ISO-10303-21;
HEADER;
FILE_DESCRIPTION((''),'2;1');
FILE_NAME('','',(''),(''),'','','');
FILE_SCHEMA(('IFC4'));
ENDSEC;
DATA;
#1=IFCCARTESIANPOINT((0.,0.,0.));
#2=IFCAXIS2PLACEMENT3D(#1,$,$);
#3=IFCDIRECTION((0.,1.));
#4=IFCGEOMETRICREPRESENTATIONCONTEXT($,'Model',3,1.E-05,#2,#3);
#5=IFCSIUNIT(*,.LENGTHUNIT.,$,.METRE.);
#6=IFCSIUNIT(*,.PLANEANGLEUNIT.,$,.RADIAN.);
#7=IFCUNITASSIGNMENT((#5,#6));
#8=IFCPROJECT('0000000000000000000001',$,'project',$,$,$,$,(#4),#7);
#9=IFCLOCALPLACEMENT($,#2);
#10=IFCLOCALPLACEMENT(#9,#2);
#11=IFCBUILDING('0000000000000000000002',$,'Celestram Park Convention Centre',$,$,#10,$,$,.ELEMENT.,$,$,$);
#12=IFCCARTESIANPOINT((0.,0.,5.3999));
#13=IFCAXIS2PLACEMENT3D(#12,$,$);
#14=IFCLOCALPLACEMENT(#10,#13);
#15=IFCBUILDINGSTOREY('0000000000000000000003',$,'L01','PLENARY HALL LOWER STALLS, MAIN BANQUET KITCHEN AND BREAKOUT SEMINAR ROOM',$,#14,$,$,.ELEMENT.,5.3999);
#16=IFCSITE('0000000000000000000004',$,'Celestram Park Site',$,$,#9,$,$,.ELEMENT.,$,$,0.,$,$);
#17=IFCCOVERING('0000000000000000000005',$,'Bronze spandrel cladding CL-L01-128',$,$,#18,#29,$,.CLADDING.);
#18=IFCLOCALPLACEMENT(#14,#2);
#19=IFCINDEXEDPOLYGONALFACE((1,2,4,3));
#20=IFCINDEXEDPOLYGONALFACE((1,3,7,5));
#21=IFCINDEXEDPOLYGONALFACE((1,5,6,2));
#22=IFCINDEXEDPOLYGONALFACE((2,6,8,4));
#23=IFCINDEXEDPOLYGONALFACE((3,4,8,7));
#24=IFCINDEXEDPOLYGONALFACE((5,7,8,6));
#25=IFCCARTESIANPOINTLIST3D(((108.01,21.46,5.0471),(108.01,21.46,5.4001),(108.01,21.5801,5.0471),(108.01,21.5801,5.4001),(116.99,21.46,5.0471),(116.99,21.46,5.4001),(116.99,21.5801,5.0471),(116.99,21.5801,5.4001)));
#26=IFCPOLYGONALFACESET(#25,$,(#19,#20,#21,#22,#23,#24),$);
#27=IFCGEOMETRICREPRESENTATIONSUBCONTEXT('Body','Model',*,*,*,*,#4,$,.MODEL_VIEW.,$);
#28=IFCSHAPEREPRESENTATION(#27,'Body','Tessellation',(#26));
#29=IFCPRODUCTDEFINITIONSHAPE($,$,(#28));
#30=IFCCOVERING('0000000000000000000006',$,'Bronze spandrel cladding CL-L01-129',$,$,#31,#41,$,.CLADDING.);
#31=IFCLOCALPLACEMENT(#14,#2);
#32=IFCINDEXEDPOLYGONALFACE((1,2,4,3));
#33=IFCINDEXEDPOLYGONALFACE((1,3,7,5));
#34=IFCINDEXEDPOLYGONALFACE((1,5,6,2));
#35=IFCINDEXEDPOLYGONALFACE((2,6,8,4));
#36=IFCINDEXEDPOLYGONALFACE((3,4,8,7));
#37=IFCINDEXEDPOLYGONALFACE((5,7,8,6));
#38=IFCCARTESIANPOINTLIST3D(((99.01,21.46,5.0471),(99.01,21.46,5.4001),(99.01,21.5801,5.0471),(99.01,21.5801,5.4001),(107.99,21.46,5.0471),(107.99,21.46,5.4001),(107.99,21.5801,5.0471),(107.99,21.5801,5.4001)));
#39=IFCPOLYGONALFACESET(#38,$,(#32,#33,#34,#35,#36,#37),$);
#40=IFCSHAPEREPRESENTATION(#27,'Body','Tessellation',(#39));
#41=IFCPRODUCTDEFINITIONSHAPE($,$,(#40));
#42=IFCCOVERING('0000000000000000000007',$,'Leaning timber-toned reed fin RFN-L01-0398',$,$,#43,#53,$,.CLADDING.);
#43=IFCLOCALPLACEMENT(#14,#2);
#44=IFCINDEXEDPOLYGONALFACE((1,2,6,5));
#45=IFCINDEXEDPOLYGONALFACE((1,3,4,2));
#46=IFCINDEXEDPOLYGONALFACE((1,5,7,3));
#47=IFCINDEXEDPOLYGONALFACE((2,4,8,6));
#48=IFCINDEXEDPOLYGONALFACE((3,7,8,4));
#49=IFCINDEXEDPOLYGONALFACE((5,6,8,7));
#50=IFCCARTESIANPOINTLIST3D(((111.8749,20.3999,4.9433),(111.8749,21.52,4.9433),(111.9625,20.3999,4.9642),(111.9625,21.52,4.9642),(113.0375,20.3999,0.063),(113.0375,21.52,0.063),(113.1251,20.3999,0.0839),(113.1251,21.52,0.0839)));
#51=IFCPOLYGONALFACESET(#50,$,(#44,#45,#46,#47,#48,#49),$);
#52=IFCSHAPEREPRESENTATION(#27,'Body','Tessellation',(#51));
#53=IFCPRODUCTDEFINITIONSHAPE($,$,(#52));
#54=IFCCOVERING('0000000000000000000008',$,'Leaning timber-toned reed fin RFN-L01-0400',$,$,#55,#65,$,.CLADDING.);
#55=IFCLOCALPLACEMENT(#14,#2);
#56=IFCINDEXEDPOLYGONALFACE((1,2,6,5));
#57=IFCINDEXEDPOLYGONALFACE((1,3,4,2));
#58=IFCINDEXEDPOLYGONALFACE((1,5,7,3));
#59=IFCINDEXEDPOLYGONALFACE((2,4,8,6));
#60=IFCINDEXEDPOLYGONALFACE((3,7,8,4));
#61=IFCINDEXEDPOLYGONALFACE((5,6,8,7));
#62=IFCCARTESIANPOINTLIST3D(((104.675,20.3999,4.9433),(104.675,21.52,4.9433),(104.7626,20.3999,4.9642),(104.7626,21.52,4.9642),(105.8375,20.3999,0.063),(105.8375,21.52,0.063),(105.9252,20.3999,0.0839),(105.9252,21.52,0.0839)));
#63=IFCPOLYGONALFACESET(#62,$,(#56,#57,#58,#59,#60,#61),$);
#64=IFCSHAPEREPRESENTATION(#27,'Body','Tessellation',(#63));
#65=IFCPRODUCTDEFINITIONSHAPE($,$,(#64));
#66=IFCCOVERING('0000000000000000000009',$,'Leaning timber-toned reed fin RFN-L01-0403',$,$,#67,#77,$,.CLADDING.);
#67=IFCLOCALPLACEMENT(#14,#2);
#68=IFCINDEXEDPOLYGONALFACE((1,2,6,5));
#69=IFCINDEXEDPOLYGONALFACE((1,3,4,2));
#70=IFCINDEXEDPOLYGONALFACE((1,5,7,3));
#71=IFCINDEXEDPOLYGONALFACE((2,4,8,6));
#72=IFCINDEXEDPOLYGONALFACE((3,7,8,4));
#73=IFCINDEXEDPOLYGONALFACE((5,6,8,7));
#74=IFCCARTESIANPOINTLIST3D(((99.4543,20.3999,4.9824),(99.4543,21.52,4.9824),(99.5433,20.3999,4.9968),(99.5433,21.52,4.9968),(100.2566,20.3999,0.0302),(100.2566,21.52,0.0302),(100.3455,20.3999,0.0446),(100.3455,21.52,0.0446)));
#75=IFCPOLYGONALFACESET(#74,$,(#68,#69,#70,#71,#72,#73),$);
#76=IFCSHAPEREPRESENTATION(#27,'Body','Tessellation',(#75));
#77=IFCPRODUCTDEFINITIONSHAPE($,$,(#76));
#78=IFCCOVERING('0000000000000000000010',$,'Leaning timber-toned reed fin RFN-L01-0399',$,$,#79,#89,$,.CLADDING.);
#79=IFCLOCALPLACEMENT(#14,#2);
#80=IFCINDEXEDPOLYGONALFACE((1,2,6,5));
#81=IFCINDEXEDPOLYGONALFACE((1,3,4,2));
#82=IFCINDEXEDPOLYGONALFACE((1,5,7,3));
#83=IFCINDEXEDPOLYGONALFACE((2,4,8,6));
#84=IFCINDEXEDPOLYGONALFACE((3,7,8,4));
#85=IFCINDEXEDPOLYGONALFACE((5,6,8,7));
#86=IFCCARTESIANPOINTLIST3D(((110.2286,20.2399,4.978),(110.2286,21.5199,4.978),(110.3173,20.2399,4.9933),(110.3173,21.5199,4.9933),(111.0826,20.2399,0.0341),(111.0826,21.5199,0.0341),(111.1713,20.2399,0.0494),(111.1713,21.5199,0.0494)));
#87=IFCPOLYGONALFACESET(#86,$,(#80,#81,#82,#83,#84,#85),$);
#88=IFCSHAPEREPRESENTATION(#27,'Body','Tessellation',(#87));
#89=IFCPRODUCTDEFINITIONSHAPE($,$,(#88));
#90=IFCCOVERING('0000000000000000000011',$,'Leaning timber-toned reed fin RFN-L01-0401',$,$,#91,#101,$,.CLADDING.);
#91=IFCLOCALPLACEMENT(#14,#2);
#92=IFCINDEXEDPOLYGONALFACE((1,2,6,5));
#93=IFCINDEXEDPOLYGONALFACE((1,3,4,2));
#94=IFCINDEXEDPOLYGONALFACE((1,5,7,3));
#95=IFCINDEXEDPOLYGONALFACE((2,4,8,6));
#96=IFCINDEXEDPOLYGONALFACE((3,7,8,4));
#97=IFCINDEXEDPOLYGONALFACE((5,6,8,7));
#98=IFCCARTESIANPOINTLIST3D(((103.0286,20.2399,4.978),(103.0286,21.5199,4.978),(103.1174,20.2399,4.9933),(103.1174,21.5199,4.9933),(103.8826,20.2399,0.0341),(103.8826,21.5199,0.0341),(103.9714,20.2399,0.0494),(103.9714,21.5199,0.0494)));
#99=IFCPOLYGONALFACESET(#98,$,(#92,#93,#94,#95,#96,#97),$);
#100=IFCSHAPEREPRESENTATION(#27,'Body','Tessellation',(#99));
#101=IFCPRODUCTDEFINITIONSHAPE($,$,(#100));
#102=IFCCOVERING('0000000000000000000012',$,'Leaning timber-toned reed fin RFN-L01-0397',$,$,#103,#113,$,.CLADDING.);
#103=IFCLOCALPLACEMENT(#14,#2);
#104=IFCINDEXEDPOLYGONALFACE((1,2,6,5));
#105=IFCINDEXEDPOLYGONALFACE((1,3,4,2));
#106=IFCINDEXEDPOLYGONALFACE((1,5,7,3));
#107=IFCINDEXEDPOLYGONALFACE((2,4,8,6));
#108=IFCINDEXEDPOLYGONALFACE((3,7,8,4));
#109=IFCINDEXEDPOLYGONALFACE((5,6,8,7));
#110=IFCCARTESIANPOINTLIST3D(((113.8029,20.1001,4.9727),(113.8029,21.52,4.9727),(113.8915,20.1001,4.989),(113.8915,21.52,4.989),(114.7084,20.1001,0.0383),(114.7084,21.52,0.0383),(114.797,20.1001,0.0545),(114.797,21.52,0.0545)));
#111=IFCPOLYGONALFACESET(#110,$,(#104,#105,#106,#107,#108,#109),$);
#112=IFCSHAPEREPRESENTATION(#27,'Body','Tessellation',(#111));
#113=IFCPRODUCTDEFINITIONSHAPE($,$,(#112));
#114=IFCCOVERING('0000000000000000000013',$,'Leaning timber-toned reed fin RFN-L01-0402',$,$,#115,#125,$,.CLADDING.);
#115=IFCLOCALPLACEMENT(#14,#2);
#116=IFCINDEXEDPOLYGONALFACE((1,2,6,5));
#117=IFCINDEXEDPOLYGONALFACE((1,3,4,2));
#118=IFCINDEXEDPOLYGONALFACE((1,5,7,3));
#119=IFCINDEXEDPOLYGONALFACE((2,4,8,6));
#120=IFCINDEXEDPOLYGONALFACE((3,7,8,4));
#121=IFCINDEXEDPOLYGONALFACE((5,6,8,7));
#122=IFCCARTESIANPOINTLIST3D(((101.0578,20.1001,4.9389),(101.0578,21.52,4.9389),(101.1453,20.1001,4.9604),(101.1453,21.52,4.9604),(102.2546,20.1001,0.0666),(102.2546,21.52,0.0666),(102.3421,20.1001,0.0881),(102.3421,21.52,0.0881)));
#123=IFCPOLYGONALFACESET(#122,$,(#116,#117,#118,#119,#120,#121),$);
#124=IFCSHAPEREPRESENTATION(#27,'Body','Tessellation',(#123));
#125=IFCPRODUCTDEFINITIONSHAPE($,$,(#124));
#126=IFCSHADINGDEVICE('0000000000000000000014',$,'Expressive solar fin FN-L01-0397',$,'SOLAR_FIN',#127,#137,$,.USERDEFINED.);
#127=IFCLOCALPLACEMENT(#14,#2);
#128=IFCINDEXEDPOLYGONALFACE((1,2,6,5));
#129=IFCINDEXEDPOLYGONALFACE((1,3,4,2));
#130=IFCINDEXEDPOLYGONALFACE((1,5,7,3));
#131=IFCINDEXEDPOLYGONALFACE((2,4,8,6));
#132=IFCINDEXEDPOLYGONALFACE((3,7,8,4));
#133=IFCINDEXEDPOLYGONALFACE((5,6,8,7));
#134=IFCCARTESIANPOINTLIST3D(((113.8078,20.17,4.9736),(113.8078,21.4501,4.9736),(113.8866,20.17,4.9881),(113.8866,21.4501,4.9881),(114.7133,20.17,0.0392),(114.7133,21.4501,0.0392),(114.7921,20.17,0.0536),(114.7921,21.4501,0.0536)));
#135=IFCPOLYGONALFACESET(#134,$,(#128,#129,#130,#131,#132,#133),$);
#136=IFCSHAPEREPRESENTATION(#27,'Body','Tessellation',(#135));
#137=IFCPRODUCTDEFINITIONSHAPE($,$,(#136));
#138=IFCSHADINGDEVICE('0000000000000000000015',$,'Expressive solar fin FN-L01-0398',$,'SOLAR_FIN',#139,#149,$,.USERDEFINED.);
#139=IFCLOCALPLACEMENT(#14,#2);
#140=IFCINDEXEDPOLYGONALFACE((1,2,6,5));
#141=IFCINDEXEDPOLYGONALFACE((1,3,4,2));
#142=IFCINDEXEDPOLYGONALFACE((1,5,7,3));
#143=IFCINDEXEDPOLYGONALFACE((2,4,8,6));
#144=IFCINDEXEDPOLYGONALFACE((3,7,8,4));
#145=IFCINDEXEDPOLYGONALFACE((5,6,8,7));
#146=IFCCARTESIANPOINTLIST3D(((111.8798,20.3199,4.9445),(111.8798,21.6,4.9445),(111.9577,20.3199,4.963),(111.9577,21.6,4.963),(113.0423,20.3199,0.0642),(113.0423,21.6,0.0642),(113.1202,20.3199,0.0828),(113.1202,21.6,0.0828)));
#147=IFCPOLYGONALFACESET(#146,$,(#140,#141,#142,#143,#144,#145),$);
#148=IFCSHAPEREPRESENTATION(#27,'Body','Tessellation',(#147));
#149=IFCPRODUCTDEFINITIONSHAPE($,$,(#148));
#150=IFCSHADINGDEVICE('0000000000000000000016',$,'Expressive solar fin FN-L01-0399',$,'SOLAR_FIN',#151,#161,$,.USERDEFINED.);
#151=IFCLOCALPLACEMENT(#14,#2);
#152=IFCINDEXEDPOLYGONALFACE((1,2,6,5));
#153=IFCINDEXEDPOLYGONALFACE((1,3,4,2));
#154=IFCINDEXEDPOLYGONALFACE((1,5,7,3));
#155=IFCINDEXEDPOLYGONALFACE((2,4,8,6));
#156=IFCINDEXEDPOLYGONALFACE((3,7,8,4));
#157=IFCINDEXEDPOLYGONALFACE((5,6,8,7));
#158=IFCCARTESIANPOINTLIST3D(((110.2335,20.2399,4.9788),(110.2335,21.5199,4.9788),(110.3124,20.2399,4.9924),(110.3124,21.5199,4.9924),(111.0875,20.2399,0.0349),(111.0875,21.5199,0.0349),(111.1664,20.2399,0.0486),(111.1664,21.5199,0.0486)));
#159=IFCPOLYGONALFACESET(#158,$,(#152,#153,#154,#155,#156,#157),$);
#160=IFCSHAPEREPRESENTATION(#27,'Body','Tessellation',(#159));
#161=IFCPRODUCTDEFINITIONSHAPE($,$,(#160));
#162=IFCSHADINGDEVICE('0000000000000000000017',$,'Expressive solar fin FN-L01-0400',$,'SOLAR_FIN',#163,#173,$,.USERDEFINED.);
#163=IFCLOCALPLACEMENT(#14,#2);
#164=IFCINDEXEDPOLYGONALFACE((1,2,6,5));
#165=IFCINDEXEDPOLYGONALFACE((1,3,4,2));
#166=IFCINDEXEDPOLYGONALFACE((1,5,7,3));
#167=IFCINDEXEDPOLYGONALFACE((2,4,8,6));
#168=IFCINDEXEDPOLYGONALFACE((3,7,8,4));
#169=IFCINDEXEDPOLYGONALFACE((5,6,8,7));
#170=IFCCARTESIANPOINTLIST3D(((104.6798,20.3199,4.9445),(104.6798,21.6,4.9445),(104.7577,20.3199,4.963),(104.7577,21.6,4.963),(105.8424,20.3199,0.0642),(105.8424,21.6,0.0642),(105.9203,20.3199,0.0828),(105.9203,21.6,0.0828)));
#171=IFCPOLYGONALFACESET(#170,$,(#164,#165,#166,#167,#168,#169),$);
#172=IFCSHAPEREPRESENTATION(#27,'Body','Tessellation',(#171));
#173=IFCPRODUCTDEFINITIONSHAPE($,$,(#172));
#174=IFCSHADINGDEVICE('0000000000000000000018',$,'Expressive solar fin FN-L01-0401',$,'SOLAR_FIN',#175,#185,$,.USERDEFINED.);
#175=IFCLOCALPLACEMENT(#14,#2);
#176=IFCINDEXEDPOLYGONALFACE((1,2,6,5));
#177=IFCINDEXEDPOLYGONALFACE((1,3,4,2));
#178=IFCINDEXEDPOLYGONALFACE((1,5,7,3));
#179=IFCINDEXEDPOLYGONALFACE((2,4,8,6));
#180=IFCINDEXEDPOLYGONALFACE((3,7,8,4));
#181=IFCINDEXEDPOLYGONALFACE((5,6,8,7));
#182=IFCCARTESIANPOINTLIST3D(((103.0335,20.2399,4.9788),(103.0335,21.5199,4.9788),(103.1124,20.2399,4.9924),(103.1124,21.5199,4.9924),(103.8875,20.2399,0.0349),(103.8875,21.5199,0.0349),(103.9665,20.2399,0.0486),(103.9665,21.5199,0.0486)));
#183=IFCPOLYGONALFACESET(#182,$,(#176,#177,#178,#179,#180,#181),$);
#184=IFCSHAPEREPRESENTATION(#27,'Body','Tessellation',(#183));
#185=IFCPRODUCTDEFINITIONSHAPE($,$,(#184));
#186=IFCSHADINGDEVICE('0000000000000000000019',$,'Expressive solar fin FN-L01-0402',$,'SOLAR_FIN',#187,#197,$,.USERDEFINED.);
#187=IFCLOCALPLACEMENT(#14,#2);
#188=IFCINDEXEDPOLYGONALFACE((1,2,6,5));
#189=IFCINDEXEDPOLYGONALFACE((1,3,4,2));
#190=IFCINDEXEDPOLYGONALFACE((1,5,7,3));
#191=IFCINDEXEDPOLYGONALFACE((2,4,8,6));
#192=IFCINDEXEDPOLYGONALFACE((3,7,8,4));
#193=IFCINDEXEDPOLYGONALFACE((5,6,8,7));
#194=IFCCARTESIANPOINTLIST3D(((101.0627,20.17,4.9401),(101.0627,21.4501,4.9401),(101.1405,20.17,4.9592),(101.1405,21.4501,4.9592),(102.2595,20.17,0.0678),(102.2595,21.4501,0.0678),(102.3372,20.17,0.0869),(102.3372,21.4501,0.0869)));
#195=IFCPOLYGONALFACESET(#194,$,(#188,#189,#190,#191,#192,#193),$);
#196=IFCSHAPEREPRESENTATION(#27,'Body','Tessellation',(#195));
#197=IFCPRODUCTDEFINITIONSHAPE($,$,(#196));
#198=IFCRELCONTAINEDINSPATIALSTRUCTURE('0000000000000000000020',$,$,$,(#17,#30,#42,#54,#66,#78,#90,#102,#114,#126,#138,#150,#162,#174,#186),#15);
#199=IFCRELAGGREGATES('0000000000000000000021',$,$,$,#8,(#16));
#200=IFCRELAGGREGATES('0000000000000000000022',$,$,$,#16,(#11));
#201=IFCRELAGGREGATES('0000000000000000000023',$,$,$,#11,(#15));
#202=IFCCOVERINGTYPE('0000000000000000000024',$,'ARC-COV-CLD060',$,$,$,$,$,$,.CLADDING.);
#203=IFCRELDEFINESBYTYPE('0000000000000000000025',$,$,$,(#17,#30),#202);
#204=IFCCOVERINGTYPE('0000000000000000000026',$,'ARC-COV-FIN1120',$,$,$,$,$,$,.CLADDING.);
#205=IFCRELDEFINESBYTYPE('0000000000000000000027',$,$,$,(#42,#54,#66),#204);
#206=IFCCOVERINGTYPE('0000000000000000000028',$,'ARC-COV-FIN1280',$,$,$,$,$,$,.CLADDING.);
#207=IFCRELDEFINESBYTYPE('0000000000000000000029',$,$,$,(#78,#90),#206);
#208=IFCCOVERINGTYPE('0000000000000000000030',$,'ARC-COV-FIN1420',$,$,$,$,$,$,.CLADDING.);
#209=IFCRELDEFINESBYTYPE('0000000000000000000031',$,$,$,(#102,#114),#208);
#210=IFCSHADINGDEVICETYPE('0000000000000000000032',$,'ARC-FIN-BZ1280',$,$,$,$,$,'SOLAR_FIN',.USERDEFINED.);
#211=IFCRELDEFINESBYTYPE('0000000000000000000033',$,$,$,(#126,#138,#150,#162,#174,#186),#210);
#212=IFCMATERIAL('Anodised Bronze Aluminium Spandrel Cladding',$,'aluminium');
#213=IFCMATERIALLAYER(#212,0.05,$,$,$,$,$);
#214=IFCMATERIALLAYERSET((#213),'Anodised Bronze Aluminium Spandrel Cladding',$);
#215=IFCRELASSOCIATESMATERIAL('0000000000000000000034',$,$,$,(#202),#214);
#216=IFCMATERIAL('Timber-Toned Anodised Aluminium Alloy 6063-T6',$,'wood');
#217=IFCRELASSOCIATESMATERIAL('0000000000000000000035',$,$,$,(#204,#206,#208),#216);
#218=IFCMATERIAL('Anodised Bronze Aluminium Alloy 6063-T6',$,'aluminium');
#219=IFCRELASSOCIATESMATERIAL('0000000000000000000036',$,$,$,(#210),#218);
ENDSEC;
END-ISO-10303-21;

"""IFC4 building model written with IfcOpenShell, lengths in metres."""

from ifc_helpers import new_model, si_unit, direction, frame, origin, origin_2d, place, context, subcontext, project, spatial, rectangle, extrude, material, layer, layer_set, material_profile, profile_set, type_object, element, save


model = new_model("IFC4")

# Units and contexts
model_context = context("Model", 3, precision=1e-05, world=origin(), true_north=direction((0.0, 1.0)))
body_context = subcontext(model_context, "Body", "Model", "MODEL_VIEW")
ifc_project = project(units=[si_unit("LENGTHUNIT", "METRE"), si_unit("PLANEANGLEUNIT", "RADIAN")], contexts=[model_context])

# Site, building, storey
site_placement = place(None, origin())
site = spatial("IfcSite", under=ifc_project, at=site_placement, Name="Celestram Park Site", CompositionType="ELEMENT", RefElevation=0.0)
building_placement = place(site_placement, origin())
building = spatial("IfcBuilding", under=site, at=building_placement, Name="Celestram Park Convention Centre", CompositionType="ELEMENT")
storey_placement = place(building_placement, frame((0.0, 0.0, 5.3999)))
storey = spatial("IfcBuildingStorey", under=building, at=storey_placement, Name="L01", Description="PLENARY HALL LOWER STALLS, MAIN BANQUET KITCHEN AND BREAKOUT SEMINAR ROOM", CompositionType="ELEMENT", Elevation=5.3999)

# Coverings
ifc_material_1 = material(Name="Anodised Bronze Aluminium Spandrel Cladding", Category="aluminium")
ifc_layer = layer(ifc_material_1, 0.05)
ifc_layer_set = layer_set([ifc_layer], Name="Anodised Bronze Aluminium Spandrel Cladding")
covering_type_1 = type_object("IfcCoveringType", Name="ARC-COV-CLD060", PredefinedType="CLADDING", material=ifc_layer_set)
for number, where, z_axis, x_axis, name in (
    (1, (112.5, 21.52, 5.0471), (0.0, 0.0, 1.0), (-1.0, 0.0, 0.0), "Bronze spandrel cladding CL-L01-128"),
    (2, (103.5, 21.52, 5.0471), (0.0, 0.0, 1.0), (-1.0, 0.0, 0.0), "Bronze spandrel cladding CL-L01-129"),
):
    element("IfcCovering", number, at=place(storey_placement, frame(where, z_axis=z_axis, x_axis=x_axis)), inside=storey, type_object=covering_type_1, Name=name, PredefinedType="CLADDING", context=body_context, shape_type="SweptSolid", body=[
        extrude(rectangle(XDim=8.98, YDim=0.1201, at=origin_2d()), origin(), (0.0, 0.0, 1.0), 0.353),
    ])
ifc_material_2 = material(Name="Timber-Toned Anodised Aluminium Alloy 6063-T6", Category="wood")
ifc_material_profile_1 = material_profile(ifc_material_2, rectangle(XDim=1.1201, YDim=0.0901, at=origin_2d()), Name="REED1120X90")
ifc_profile_set_1 = profile_set([ifc_material_profile_1], Name="Timber-Toned Anodised Aluminium Alloy 6063-T6")
covering_type_2 = type_object("IfcCoveringType", Name="ARC-COV-FIN1120", PredefinedType="CLADDING", material=ifc_profile_set_1)
for number, where, z_axis, x_axis, name in (
    (3, (113.0813, 20.96, 0.0735), (-0.231735, 0.0, 0.972779), (0.0, -1.0, 0.0), "Leaning timber-toned reed fin RFN-L01-0398"),
    (4, (105.8813, 20.96, 0.0735), (-0.231735, 0.0, 0.972779), (0.0, -1.0, 0.0), "Leaning timber-toned reed fin RFN-L01-0400"),
    (5, (100.301, 20.96, 0.0374), (-0.159907, 0.0, 0.987132), (0.0, -1.0, 0.0), "Leaning timber-toned reed fin RFN-L01-0403"),
):
    element("IfcCovering", number, at=place(storey_placement, frame(where, z_axis=z_axis, x_axis=x_axis)), inside=storey, type_object=covering_type_2, Name=name, PredefinedType="CLADDING", context=body_context, shape_type="SweptSolid", body=[
        extrude(rectangle(XDim=1.1201, YDim=0.0901, at=origin_2d()), origin(), (0.0, 0.0, 1.0), 5.0168),
    ])
ifc_material_profile_2 = material_profile(ifc_material_2, rectangle(XDim=1.28, YDim=0.0901, at=origin_2d()), Name="REED1280X90")
ifc_profile_set_2 = profile_set([ifc_material_profile_2], Name="Timber-Toned Anodised Aluminium Alloy 6063-T6")
covering_type_3 = type_object("IfcCoveringType", Name="ARC-COV-FIN1280", PredefinedType="CLADDING", material=ifc_profile_set_2)
for number, where, z_axis, x_axis, name in (
    (6, (111.127, 20.8799, 0.0417), (-0.17022, 0.0, 0.985406), (0.0, -1.0, 0.0), "Leaning timber-toned reed fin RFN-L01-0399"),
    (7, (103.927, 20.8799, 0.0417), (-0.17022, 0.0, 0.985406), (0.0, -1.0, 0.0), "Leaning timber-toned reed fin RFN-L01-0401"),
):
    element("IfcCovering", number, at=place(storey_placement, frame(where, z_axis=z_axis, x_axis=x_axis)), inside=storey, type_object=covering_type_3, Name=name, PredefinedType="CLADDING", context=body_context, shape_type="SweptSolid", body=[
        extrude(rectangle(XDim=1.28, YDim=0.0901, at=origin_2d()), origin(), (0.0, 0.0, 1.0), 5.0171),
    ])
ifc_material_profile_3 = material_profile(ifc_material_2, rectangle(XDim=1.4199, YDim=0.0901, at=origin_2d()), Name="REED1420X90")
ifc_profile_set_3 = profile_set([ifc_material_profile_3], Name="Timber-Toned Anodised Aluminium Alloy 6063-T6")
covering_type_4 = type_object("IfcCoveringType", Name="ARC-COV-FIN1420", PredefinedType="CLADDING", material=ifc_profile_set_3)
covering_1_placement = place(storey_placement, frame((114.7527, 20.8101, 0.0464), z_axis=(-0.180491, 0.0, 0.983577), x_axis=(0.0, -1.0, 0.0)))
element("IfcCovering", 8, at=covering_1_placement, inside=storey, type_object=covering_type_4, Name="Leaning timber-toned reed fin RFN-L01-0397", PredefinedType="CLADDING", context=body_context, shape_type="SweptSolid", body=[
    extrude(rectangle(XDim=1.4199, YDim=0.0901, at=origin_2d()), origin(), (0.0, 0.0, 1.0), 5.0168),
])
covering_2_placement = place(storey_placement, frame((102.2983, 20.8101, 0.0774), z_axis=(-0.238538, 0.0, 0.971133), x_axis=(0.0, -1.0, 0.0)))
element("IfcCovering", 9, at=covering_2_placement, inside=storey, type_object=covering_type_4, Name="Leaning timber-toned reed fin RFN-L01-0402", PredefinedType="CLADDING", context=body_context, shape_type="SweptSolid", body=[
    extrude(rectangle(XDim=1.4199, YDim=0.0901, at=origin_2d()), origin(), (0.0, 0.0, 1.0), 5.0171),
])

# Shading devices
ifc_material_3 = material(Name="Anodised Bronze Aluminium Alloy 6063-T6", Category="aluminium")
ifc_material_profile_4 = material_profile(ifc_material_3, rectangle(XDim=1.28, YDim=0.0801, at=origin_2d()), Name="FIN1280X80")
ifc_profile_set_4 = profile_set([ifc_material_profile_4], Name="Anodised Bronze Aluminium Alloy 6063-T6")
shading_device_type = type_object("IfcShadingDeviceType", Name="ARC-FIN-BZ1280", ElementType="SOLAR_FIN", PredefinedType="USERDEFINED", material=ifc_profile_set_4)
for number, where, z_axis, x_axis, name in (
    (10, (114.7527, 20.8101, 0.0464), (-0.180491, 0.0, 0.983577), (0.0, -1.0, 0.0), "Expressive solar fin FN-L01-0397"),
    (11, (113.0813, 20.96, 0.0735), (-0.231735, 0.0, 0.972779), (0.0, -1.0, 0.0), "Expressive solar fin FN-L01-0398"),
):
    element("IfcShadingDevice", number, at=place(storey_placement, frame(where, z_axis=z_axis, x_axis=x_axis)), inside=storey, type_object=shading_device_type, Name=name, ObjectType="SOLAR_FIN", PredefinedType="USERDEFINED", context=body_context, shape_type="SweptSolid", body=[
        extrude(rectangle(XDim=1.28, YDim=0.0801, at=origin_2d()), origin(), (0.0, 0.0, 1.0), 5.0168),
    ])
shading_device_1_placement = place(storey_placement, frame((111.127, 20.8799, 0.0417), z_axis=(-0.17022, 0.0, 0.985406), x_axis=(0.0, -1.0, 0.0)))
element("IfcShadingDevice", 12, at=shading_device_1_placement, inside=storey, type_object=shading_device_type, Name="Expressive solar fin FN-L01-0399", ObjectType="SOLAR_FIN", PredefinedType="USERDEFINED", context=body_context, shape_type="SweptSolid", body=[
    extrude(rectangle(XDim=1.28, YDim=0.0801, at=origin_2d()), origin(), (0.0, 0.0, 1.0), 5.0171),
])
shading_device_2_placement = place(storey_placement, frame((105.8813, 20.96, 0.0735), z_axis=(-0.231735, 0.0, 0.972779), x_axis=(0.0, -1.0, 0.0)))
element("IfcShadingDevice", 13, at=shading_device_2_placement, inside=storey, type_object=shading_device_type, Name="Expressive solar fin FN-L01-0400", ObjectType="SOLAR_FIN", PredefinedType="USERDEFINED", context=body_context, shape_type="SweptSolid", body=[
    extrude(rectangle(XDim=1.28, YDim=0.0801, at=origin_2d()), origin(), (0.0, 0.0, 1.0), 5.0168),
])
for number, where, z_axis, x_axis, name in (
    (14, (103.927, 20.8799, 0.0417), (-0.17022, 0.0, 0.985406), (0.0, -1.0, 0.0), "Expressive solar fin FN-L01-0401"),
    (15, (102.2983, 20.8101, 0.0774), (-0.238538, 0.0, 0.971133), (0.0, -1.0, 0.0), "Expressive solar fin FN-L01-0402"),
):
    element("IfcShadingDevice", number, at=place(storey_placement, frame(where, z_axis=z_axis, x_axis=x_axis)), inside=storey, type_object=shading_device_type, Name=name, ObjectType="SOLAR_FIN", PredefinedType="USERDEFINED", context=body_context, shape_type="SweptSolid", body=[
        extrude(rectangle(XDim=1.28, YDim=0.0801, at=origin_2d()), origin(), (0.0, 0.0, 1.0), 5.0171),
    ])

save(model, "model.ifc")
